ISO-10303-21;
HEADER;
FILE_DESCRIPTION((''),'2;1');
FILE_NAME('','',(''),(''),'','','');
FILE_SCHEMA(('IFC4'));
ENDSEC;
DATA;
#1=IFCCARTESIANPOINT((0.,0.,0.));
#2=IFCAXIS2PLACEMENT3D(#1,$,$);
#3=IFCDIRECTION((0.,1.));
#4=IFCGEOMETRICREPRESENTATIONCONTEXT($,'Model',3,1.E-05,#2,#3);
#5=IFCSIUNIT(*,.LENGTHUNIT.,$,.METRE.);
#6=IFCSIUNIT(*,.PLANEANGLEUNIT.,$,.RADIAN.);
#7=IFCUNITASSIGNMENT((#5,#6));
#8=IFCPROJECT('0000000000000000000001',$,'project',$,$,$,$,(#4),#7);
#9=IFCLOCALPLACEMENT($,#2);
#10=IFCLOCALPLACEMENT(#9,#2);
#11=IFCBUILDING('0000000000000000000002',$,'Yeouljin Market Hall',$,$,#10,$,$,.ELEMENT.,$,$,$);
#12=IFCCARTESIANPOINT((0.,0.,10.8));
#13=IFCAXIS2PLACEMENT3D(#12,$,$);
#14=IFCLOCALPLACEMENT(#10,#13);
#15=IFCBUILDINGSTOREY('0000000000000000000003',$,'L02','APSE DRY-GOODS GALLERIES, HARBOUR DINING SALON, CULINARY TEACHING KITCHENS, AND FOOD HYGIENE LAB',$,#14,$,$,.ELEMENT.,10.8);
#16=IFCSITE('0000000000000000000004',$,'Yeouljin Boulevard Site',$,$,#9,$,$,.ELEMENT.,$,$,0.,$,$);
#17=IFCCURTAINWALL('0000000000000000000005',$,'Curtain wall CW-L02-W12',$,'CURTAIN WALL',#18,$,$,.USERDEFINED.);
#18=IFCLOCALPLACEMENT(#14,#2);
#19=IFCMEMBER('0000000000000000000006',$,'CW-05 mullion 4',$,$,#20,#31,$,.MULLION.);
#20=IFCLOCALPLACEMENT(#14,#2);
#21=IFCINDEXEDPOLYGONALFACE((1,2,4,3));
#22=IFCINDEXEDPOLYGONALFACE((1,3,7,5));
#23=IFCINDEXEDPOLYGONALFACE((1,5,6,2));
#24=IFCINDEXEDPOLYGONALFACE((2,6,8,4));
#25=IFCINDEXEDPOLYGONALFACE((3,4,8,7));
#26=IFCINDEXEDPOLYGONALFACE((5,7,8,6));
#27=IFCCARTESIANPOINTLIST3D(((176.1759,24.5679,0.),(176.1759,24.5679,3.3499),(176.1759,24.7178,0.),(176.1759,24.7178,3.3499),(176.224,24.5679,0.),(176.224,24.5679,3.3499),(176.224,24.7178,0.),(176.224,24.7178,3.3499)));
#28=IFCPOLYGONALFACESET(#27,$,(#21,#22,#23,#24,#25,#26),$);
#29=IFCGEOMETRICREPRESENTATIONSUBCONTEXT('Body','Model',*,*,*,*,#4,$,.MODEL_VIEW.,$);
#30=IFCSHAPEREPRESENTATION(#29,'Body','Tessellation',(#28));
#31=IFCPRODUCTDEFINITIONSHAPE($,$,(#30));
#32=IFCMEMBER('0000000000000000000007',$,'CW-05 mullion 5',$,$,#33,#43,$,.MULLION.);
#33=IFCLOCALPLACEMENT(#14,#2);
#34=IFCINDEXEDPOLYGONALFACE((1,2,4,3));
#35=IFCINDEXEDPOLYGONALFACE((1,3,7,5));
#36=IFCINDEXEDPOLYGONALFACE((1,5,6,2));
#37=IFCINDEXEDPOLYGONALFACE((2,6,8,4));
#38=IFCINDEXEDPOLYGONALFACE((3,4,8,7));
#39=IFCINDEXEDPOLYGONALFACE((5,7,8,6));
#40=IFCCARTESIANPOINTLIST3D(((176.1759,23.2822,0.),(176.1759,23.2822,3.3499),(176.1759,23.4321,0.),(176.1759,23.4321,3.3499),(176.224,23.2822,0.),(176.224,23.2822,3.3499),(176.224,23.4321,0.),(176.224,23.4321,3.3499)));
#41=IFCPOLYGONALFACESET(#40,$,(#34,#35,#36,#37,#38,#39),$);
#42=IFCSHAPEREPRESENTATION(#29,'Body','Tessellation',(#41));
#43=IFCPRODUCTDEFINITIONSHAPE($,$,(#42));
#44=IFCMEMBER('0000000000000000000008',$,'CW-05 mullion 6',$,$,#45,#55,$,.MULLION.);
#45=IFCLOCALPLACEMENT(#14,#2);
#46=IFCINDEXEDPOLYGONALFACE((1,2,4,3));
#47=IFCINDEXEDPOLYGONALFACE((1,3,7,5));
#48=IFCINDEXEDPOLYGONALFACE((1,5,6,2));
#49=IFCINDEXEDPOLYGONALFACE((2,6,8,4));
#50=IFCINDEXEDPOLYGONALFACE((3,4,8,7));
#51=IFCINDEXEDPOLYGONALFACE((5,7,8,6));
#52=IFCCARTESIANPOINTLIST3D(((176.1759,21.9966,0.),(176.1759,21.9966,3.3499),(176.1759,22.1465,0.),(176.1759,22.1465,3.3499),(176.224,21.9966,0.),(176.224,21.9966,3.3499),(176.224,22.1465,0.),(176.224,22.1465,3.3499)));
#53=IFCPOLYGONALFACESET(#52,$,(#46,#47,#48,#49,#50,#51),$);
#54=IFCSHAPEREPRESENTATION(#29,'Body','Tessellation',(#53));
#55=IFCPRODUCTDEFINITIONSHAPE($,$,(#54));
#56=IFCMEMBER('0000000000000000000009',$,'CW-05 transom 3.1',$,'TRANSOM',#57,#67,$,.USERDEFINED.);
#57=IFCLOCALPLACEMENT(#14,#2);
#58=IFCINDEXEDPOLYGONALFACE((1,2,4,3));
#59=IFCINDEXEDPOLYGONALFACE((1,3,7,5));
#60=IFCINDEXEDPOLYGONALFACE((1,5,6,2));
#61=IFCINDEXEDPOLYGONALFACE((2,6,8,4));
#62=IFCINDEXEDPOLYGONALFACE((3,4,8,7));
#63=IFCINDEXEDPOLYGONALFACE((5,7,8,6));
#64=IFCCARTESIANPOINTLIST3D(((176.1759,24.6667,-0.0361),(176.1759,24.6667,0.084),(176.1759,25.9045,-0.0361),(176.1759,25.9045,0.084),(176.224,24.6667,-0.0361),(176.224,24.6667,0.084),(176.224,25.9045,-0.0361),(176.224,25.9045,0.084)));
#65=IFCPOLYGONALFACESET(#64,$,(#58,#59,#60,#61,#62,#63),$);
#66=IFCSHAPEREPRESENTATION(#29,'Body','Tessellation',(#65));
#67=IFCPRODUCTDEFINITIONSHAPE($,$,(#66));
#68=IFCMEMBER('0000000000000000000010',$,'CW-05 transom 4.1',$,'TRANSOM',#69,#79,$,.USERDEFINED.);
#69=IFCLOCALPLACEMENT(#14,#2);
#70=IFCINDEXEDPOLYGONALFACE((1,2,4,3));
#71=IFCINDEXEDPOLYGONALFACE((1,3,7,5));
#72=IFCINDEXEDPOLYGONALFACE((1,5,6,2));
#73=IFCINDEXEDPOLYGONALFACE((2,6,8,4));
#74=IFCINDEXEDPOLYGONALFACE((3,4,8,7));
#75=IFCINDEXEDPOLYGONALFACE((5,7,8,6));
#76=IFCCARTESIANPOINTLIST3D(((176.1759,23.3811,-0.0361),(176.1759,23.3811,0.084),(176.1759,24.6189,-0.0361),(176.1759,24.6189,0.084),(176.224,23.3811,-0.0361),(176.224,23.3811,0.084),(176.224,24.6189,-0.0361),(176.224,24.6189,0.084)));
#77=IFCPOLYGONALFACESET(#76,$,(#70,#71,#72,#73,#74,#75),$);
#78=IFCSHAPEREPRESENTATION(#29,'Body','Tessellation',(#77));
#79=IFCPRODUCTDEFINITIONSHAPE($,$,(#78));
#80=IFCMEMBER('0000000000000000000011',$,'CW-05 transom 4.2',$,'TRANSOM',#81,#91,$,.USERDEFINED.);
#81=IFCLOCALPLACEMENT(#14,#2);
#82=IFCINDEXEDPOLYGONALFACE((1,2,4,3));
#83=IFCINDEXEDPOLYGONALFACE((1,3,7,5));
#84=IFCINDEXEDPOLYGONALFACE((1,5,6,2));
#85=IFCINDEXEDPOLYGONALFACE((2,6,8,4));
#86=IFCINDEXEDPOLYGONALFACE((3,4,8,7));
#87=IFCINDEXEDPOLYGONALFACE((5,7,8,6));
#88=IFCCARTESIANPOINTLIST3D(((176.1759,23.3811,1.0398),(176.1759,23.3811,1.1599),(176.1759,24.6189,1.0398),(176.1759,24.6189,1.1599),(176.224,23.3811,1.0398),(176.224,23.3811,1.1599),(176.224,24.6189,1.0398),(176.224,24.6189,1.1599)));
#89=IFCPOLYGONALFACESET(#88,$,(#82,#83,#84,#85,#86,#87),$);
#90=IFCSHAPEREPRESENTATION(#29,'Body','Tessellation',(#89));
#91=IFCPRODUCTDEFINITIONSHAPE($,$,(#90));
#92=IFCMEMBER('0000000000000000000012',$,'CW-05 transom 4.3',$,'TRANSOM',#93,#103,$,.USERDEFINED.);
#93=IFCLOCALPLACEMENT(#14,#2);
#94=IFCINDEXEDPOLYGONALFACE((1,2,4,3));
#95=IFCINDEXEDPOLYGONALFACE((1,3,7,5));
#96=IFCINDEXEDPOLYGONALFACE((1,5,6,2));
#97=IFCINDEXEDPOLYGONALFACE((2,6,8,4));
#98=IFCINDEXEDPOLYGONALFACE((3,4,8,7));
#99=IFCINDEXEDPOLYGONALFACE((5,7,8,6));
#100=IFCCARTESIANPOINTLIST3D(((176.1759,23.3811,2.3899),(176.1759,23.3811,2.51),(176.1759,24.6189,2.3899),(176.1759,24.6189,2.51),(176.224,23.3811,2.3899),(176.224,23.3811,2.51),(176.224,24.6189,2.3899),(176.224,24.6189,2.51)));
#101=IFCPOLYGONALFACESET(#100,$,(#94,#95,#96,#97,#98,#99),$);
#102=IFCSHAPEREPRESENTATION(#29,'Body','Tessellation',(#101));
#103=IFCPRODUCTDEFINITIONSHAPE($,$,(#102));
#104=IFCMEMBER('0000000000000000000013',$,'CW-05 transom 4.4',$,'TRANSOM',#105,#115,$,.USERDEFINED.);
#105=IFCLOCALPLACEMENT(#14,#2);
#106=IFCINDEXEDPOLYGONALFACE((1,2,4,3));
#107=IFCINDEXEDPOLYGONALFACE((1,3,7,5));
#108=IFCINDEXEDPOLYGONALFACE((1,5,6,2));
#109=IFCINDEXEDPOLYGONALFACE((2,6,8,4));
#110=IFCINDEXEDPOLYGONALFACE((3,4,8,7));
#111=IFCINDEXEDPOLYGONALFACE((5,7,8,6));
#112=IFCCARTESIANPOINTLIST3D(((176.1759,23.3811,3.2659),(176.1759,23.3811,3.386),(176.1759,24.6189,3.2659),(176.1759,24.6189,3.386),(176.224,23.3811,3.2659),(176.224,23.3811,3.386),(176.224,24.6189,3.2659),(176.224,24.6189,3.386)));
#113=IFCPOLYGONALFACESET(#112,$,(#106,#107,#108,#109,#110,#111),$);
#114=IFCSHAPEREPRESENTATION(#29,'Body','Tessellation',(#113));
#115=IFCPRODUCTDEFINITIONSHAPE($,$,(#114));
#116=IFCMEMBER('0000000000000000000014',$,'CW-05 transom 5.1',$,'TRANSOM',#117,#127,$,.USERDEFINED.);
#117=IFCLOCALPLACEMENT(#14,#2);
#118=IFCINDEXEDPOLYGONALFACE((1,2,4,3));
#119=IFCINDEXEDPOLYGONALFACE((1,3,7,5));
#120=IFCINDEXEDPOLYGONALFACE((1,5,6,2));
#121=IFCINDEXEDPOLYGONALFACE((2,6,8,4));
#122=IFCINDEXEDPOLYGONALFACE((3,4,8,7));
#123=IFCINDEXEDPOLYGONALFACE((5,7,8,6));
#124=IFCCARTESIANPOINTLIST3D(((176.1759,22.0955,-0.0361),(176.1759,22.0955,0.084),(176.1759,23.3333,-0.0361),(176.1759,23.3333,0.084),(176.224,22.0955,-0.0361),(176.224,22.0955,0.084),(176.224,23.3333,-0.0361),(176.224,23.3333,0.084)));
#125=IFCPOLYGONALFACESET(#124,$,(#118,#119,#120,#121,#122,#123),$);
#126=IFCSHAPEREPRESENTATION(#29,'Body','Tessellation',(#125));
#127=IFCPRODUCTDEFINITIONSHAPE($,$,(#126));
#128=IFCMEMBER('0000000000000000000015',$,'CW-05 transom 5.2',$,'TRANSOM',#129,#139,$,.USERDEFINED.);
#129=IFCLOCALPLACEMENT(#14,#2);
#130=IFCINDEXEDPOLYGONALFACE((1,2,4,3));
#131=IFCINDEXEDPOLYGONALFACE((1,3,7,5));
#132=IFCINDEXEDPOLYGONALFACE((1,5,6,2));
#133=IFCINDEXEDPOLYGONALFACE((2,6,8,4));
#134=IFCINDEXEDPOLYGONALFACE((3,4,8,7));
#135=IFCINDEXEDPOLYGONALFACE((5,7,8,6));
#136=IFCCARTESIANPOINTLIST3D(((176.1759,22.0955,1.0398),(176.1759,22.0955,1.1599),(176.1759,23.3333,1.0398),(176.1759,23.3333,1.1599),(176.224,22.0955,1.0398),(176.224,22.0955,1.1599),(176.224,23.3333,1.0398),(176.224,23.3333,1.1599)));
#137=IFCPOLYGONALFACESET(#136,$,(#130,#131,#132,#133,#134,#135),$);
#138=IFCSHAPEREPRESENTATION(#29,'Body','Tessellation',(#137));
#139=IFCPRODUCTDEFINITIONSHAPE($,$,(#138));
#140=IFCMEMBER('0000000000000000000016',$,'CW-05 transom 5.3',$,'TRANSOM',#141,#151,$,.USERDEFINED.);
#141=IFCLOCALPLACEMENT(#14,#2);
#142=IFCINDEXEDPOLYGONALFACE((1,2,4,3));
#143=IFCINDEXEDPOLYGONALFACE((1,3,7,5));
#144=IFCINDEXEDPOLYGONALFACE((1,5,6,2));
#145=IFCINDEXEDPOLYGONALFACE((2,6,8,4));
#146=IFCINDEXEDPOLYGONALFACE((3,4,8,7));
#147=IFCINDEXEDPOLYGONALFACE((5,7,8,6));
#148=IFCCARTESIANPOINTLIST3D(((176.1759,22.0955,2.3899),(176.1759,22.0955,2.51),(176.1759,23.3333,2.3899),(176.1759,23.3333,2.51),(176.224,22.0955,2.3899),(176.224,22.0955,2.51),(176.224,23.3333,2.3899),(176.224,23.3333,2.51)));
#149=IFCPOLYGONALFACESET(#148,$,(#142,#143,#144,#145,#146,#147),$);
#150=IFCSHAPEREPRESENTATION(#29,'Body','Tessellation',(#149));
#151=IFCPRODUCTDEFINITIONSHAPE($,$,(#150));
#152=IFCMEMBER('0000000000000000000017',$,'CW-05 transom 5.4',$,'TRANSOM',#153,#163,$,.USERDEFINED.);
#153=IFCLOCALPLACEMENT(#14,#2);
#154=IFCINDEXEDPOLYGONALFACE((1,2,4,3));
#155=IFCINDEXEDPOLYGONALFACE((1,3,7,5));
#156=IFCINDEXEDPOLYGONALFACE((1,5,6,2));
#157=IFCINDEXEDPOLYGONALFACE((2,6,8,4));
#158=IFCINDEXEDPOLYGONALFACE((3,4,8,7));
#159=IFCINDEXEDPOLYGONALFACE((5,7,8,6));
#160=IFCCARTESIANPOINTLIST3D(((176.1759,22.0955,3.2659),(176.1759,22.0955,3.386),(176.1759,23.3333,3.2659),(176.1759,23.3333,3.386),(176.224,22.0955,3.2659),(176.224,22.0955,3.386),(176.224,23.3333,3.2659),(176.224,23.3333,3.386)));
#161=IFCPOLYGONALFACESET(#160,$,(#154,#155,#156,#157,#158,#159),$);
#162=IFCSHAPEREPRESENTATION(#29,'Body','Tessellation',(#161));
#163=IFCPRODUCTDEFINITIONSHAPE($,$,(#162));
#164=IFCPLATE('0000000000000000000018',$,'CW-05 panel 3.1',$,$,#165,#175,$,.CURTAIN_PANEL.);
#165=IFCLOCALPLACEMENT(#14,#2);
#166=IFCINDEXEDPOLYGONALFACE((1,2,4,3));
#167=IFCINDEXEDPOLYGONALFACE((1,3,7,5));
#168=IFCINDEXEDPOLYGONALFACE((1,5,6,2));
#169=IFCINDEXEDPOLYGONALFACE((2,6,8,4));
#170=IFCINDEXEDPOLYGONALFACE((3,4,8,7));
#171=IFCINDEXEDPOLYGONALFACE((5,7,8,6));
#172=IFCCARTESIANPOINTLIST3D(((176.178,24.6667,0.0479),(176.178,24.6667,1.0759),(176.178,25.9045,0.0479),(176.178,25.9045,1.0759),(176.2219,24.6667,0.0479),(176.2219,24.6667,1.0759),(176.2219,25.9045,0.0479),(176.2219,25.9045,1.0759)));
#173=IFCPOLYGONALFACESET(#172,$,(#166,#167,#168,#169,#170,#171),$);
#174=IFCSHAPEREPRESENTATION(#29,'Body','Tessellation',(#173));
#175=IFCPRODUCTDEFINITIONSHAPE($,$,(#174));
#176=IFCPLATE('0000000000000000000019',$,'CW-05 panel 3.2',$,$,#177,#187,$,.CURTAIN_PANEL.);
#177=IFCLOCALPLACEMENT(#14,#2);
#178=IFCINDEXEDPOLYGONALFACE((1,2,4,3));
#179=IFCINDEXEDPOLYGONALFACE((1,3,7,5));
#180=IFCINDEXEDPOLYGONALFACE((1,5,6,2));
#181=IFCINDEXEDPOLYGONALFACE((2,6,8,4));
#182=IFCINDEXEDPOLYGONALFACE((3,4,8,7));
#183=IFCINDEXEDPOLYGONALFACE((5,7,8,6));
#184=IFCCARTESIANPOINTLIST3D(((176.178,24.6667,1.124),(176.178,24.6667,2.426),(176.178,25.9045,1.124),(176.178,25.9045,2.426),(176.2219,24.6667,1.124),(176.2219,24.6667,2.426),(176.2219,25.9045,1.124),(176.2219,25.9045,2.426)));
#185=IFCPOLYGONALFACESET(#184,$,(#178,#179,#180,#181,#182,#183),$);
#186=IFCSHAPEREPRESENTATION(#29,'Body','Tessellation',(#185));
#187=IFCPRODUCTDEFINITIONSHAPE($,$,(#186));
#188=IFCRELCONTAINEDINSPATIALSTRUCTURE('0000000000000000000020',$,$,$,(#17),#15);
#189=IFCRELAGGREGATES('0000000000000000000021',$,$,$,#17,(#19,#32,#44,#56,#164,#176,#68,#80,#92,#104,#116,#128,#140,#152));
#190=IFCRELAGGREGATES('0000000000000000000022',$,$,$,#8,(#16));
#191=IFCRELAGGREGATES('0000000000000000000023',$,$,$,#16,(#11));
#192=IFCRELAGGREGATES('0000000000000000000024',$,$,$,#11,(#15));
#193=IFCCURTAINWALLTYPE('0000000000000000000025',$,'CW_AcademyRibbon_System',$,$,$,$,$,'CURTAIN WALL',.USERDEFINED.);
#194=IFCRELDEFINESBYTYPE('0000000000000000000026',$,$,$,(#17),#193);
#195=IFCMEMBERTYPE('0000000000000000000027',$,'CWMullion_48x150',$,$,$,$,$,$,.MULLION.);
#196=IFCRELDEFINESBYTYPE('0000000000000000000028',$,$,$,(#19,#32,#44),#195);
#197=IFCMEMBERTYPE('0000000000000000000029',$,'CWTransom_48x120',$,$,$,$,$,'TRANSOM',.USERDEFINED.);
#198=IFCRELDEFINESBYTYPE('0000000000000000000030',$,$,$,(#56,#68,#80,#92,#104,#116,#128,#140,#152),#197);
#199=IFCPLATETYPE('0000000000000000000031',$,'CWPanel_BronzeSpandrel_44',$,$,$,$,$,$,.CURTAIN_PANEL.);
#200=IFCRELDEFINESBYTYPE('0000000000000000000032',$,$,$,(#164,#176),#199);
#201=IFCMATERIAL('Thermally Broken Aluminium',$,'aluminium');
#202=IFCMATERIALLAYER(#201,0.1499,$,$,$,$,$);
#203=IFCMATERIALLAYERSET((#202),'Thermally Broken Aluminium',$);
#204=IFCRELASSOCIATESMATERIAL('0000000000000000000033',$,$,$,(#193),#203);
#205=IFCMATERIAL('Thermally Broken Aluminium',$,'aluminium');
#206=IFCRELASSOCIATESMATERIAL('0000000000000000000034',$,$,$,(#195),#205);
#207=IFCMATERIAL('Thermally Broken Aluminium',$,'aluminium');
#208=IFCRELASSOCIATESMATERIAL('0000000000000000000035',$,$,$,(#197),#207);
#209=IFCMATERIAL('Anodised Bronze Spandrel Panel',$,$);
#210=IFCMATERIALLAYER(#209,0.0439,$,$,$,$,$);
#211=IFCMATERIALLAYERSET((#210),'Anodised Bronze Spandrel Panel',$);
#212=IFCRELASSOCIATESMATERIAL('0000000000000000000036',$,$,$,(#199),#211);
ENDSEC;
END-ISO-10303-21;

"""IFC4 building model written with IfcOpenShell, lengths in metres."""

from ifc_helpers import new_model, si_unit, direction, frame, origin, origin_2d, place, context, subcontext, project, spatial, rectangle, extrude, material, layer, layer_set, material_profile, profile_set, type_object, element, aggregate, save


model = new_model("IFC4")

# Units and contexts
model_context = context("Model", 3, precision=1e-05, world=origin(), true_north=direction((0.0, 1.0)))
body_context = subcontext(model_context, "Body", "Model", "MODEL_VIEW")
ifc_project = project(units=[si_unit("LENGTHUNIT", "METRE"), si_unit("PLANEANGLEUNIT", "RADIAN")], contexts=[model_context])

# Site, building, storey
site_placement = place(None, origin())
site = spatial("IfcSite", under=ifc_project, at=site_placement, Name="Yeouljin Boulevard Site", CompositionType="ELEMENT", RefElevation=0.0)
building_placement = place(site_placement, origin())
building = spatial("IfcBuilding", under=site, at=building_placement, Name="Yeouljin Market Hall", CompositionType="ELEMENT")
storey_placement = place(building_placement, frame((0.0, 0.0, 10.8)))
storey = spatial("IfcBuildingStorey", under=building, at=storey_placement, Name="L02", Description="APSE DRY-GOODS GALLERIES, HARBOUR DINING SALON, CULINARY TEACHING KITCHENS, AND FOOD HYGIENE LAB", CompositionType="ELEMENT", Elevation=10.8)

# Curtain wall, members, plates
ifc_material_1 = material(Name="Thermally Broken Aluminium", Category="aluminium")
ifc_layer_1 = layer(ifc_material_1, 0.1499)
ifc_layer_set_1 = layer_set([ifc_layer_1], Name="Thermally Broken Aluminium")
curtain_wall_type = type_object("IfcCurtainWallType", Name="CW_AcademyRibbon_System", ElementType="CURTAIN WALL", PredefinedType="USERDEFINED", material=ifc_layer_set_1)
curtain_wall_placement = place(storey_placement, origin())
curtain_wall = element("IfcCurtainWall", 1, at=curtain_wall_placement, inside=storey, type_object=curtain_wall_type, Name="Curtain wall CW-L02-W12", ObjectType="CURTAIN WALL", PredefinedType="USERDEFINED")
ifc_material_2 = material(Name="Thermally Broken Aluminium", Category="aluminium")
ifc_material_profile_1 = material_profile(ifc_material_2, rectangle(XDim=0.0481, YDim=0.1499, at=origin_2d()), Name="CW-MULL-48x150")
ifc_profile_set_1 = profile_set([ifc_material_profile_1], Name="Thermally Broken Aluminium")
member_type_1 = type_object("IfcMemberType", Name="CWMullion_48x150", PredefinedType="MULLION", material=ifc_profile_set_1)
member_1_placement = place(storey_placement, frame((176.2, 24.6428, 0.0), z_axis=(0.0, 0.0, 1.0), x_axis=(1.0, 0.0, 0.0)))
member_1 = element("IfcMember", 2, at=member_1_placement, type_object=member_type_1, Name="CW-05 mullion 4", PredefinedType="MULLION", context=body_context, shape_type="SweptSolid", body=[
    extrude(rectangle(XDim=0.0481, YDim=0.1499, at=origin_2d()), origin(), (0.0, 0.0, 1.0), 3.3499),
])
member_2_placement = place(storey_placement, frame((176.2, 23.3572, 0.0), z_axis=(0.0, 0.0, 1.0), x_axis=(1.0, 0.0, 0.0)))
member_2 = element("IfcMember", 3, at=member_2_placement, type_object=member_type_1, Name="CW-05 mullion 5", PredefinedType="MULLION", context=body_context, shape_type="SweptSolid", body=[
    extrude(rectangle(XDim=0.0481, YDim=0.1499, at=origin_2d()), origin(), (0.0, 0.0, 1.0), 3.3499),
])
member_3_placement = place(storey_placement, frame((176.2, 22.0715, 0.0), z_axis=(0.0, 0.0, 1.0), x_axis=(1.0, 0.0, 0.0)))
member_3 = element("IfcMember", 4, at=member_3_placement, type_object=member_type_1, Name="CW-05 mullion 6", PredefinedType="MULLION", context=body_context, shape_type="SweptSolid", body=[
    extrude(rectangle(XDim=0.0481, YDim=0.1499, at=origin_2d()), origin(), (0.0, 0.0, 1.0), 3.3499),
])
ifc_material_3 = material(Name="Thermally Broken Aluminium", Category="aluminium")
ifc_material_profile_2 = material_profile(ifc_material_3, rectangle(XDim=0.0481, YDim=0.1201, at=origin_2d()), Name="CW-TRAN-48x120")
ifc_profile_set_2 = profile_set([ifc_material_profile_2], Name="Thermally Broken Aluminium")
member_type_2 = type_object("IfcMemberType", Name="CWTransom_48x120", ElementType="TRANSOM", PredefinedType="USERDEFINED", material=ifc_profile_set_2)
member_4_placement = place(storey_placement, frame((176.2, 25.9045, 0.0239), z_axis=(0.0, -1.0, 0.0), x_axis=(1.0, 0.0, 0.0)))
member_4 = element("IfcMember", 5, at=member_4_placement, type_object=member_type_2, Name="CW-05 transom 3.1", ObjectType="TRANSOM", PredefinedType="USERDEFINED", context=body_context, shape_type="SweptSolid", body=[
    extrude(rectangle(XDim=0.0481, YDim=0.1201, at=origin_2d()), origin(), (0.0, 0.0, 1.0), 1.2378),
])
member_5_placement = place(storey_placement, frame((176.2, 24.6189, 0.0239), z_axis=(0.0, -1.0, 0.0), x_axis=(1.0, 0.0, 0.0)))
member_5 = element("IfcMember", 6, at=member_5_placement, type_object=member_type_2, Name="CW-05 transom 4.1", ObjectType="TRANSOM", PredefinedType="USERDEFINED", context=body_context, shape_type="SweptSolid", body=[
    extrude(rectangle(XDim=0.0481, YDim=0.1201, at=origin_2d()), origin(), (0.0, 0.0, 1.0), 1.2378),
])
member_6_placement = place(storey_placement, frame((176.2, 24.6189, 1.0999), z_axis=(0.0, -1.0, 0.0), x_axis=(1.0, 0.0, 0.0)))
member_6 = element("IfcMember", 7, at=member_6_placement, type_object=member_type_2, Name="CW-05 transom 4.2", ObjectType="TRANSOM", PredefinedType="USERDEFINED", context=body_context, shape_type="SweptSolid", body=[
    extrude(rectangle(XDim=0.0481, YDim=0.1201, at=origin_2d()), origin(), (0.0, 0.0, 1.0), 1.2378),
])
member_7_placement = place(storey_placement, frame((176.2, 24.6189, 2.45), z_axis=(0.0, -1.0, 0.0), x_axis=(1.0, 0.0, 0.0)))
member_7 = element("IfcMember", 8, at=member_7_placement, type_object=member_type_2, Name="CW-05 transom 4.3", ObjectType="TRANSOM", PredefinedType="USERDEFINED", context=body_context, shape_type="SweptSolid", body=[
    extrude(rectangle(XDim=0.0481, YDim=0.1201, at=origin_2d()), origin(), (0.0, 0.0, 1.0), 1.2378),
])
member_8_placement = place(storey_placement, frame((176.2, 24.6189, 3.3259), z_axis=(0.0, -1.0, 0.0), x_axis=(1.0, 0.0, 0.0)))
member_8 = element("IfcMember", 9, at=member_8_placement, type_object=member_type_2, Name="CW-05 transom 4.4", ObjectType="TRANSOM", PredefinedType="USERDEFINED", context=body_context, shape_type="SweptSolid", body=[
    extrude(rectangle(XDim=0.0481, YDim=0.1201, at=origin_2d()), origin(), (0.0, 0.0, 1.0), 1.2378),
])
member_9_placement = place(storey_placement, frame((176.2, 23.3333, 0.0239), z_axis=(0.0, -1.0, 0.0), x_axis=(1.0, 0.0, 0.0)))
member_9 = element("IfcMember", 10, at=member_9_placement, type_object=member_type_2, Name="CW-05 transom 5.1", ObjectType="TRANSOM", PredefinedType="USERDEFINED", context=body_context, shape_type="SweptSolid", body=[
    extrude(rectangle(XDim=0.0481, YDim=0.1201, at=origin_2d()), origin(), (0.0, 0.0, 1.0), 1.2378),
])
member_10_placement = place(storey_placement, frame((176.2, 23.3333, 1.0999), z_axis=(0.0, -1.0, 0.0), x_axis=(1.0, 0.0, 0.0)))
member_10 = element("IfcMember", 11, at=member_10_placement, type_object=member_type_2, Name="CW-05 transom 5.2", ObjectType="TRANSOM", PredefinedType="USERDEFINED", context=body_context, shape_type="SweptSolid", body=[
    extrude(rectangle(XDim=0.0481, YDim=0.1201, at=origin_2d()), origin(), (0.0, 0.0, 1.0), 1.2378),
])
member_11_placement = place(storey_placement, frame((176.2, 23.3333, 2.45), z_axis=(0.0, -1.0, 0.0), x_axis=(1.0, 0.0, 0.0)))
member_11 = element("IfcMember", 12, at=member_11_placement, type_object=member_type_2, Name="CW-05 transom 5.3", ObjectType="TRANSOM", PredefinedType="USERDEFINED", context=body_context, shape_type="SweptSolid", body=[
    extrude(rectangle(XDim=0.0481, YDim=0.1201, at=origin_2d()), origin(), (0.0, 0.0, 1.0), 1.2378),
])
member_12_placement = place(storey_placement, frame((176.2, 23.3333, 3.3259), z_axis=(0.0, -1.0, 0.0), x_axis=(1.0, 0.0, 0.0)))
member_12 = element("IfcMember", 13, at=member_12_placement, type_object=member_type_2, Name="CW-05 transom 5.4", ObjectType="TRANSOM", PredefinedType="USERDEFINED", context=body_context, shape_type="SweptSolid", body=[
    extrude(rectangle(XDim=0.0481, YDim=0.1201, at=origin_2d()), origin(), (0.0, 0.0, 1.0), 1.2378),
])
ifc_material_4 = material(Name="Anodised Bronze Spandrel Panel")
ifc_layer_2 = layer(ifc_material_4, 0.0439)
ifc_layer_set_2 = layer_set([ifc_layer_2], Name="Anodised Bronze Spandrel Panel")
plate_type = type_object("IfcPlateType", Name="CWPanel_BronzeSpandrel_44", PredefinedType="CURTAIN_PANEL", material=ifc_layer_set_2)
plate_1_placement = place(storey_placement, frame((176.2, 25.2856, 0.0479), z_axis=(0.0, 0.0, 1.0), x_axis=(0.0, -1.0, 0.0)))
plate_1 = element("IfcPlate", 14, at=plate_1_placement, type_object=plate_type, Name="CW-05 panel 3.1", PredefinedType="CURTAIN_PANEL", context=body_context, shape_type="SweptSolid", body=[
    extrude(rectangle(XDim=1.2378, YDim=0.0439, at=origin_2d()), origin(), (0.0, 0.0, 1.0), 1.0281),
])
plate_2_placement = place(storey_placement, frame((176.2, 25.2856, 1.124), z_axis=(0.0, 0.0, 1.0), x_axis=(0.0, -1.0, 0.0)))
plate_2 = element("IfcPlate", 15, at=plate_2_placement, type_object=plate_type, Name="CW-05 panel 3.2", PredefinedType="CURTAIN_PANEL", context=body_context, shape_type="SweptSolid", body=[
    extrude(rectangle(XDim=1.2378, YDim=0.0439, at=origin_2d()), origin(), (0.0, 0.0, 1.0), 1.302),
])
aggregate(curtain_wall, [member_1, member_2, member_3, member_4, plate_1, plate_2, member_5, member_6, member_7, member_8, member_9, member_10, member_11, member_12])

save(model, "model.ifc")
